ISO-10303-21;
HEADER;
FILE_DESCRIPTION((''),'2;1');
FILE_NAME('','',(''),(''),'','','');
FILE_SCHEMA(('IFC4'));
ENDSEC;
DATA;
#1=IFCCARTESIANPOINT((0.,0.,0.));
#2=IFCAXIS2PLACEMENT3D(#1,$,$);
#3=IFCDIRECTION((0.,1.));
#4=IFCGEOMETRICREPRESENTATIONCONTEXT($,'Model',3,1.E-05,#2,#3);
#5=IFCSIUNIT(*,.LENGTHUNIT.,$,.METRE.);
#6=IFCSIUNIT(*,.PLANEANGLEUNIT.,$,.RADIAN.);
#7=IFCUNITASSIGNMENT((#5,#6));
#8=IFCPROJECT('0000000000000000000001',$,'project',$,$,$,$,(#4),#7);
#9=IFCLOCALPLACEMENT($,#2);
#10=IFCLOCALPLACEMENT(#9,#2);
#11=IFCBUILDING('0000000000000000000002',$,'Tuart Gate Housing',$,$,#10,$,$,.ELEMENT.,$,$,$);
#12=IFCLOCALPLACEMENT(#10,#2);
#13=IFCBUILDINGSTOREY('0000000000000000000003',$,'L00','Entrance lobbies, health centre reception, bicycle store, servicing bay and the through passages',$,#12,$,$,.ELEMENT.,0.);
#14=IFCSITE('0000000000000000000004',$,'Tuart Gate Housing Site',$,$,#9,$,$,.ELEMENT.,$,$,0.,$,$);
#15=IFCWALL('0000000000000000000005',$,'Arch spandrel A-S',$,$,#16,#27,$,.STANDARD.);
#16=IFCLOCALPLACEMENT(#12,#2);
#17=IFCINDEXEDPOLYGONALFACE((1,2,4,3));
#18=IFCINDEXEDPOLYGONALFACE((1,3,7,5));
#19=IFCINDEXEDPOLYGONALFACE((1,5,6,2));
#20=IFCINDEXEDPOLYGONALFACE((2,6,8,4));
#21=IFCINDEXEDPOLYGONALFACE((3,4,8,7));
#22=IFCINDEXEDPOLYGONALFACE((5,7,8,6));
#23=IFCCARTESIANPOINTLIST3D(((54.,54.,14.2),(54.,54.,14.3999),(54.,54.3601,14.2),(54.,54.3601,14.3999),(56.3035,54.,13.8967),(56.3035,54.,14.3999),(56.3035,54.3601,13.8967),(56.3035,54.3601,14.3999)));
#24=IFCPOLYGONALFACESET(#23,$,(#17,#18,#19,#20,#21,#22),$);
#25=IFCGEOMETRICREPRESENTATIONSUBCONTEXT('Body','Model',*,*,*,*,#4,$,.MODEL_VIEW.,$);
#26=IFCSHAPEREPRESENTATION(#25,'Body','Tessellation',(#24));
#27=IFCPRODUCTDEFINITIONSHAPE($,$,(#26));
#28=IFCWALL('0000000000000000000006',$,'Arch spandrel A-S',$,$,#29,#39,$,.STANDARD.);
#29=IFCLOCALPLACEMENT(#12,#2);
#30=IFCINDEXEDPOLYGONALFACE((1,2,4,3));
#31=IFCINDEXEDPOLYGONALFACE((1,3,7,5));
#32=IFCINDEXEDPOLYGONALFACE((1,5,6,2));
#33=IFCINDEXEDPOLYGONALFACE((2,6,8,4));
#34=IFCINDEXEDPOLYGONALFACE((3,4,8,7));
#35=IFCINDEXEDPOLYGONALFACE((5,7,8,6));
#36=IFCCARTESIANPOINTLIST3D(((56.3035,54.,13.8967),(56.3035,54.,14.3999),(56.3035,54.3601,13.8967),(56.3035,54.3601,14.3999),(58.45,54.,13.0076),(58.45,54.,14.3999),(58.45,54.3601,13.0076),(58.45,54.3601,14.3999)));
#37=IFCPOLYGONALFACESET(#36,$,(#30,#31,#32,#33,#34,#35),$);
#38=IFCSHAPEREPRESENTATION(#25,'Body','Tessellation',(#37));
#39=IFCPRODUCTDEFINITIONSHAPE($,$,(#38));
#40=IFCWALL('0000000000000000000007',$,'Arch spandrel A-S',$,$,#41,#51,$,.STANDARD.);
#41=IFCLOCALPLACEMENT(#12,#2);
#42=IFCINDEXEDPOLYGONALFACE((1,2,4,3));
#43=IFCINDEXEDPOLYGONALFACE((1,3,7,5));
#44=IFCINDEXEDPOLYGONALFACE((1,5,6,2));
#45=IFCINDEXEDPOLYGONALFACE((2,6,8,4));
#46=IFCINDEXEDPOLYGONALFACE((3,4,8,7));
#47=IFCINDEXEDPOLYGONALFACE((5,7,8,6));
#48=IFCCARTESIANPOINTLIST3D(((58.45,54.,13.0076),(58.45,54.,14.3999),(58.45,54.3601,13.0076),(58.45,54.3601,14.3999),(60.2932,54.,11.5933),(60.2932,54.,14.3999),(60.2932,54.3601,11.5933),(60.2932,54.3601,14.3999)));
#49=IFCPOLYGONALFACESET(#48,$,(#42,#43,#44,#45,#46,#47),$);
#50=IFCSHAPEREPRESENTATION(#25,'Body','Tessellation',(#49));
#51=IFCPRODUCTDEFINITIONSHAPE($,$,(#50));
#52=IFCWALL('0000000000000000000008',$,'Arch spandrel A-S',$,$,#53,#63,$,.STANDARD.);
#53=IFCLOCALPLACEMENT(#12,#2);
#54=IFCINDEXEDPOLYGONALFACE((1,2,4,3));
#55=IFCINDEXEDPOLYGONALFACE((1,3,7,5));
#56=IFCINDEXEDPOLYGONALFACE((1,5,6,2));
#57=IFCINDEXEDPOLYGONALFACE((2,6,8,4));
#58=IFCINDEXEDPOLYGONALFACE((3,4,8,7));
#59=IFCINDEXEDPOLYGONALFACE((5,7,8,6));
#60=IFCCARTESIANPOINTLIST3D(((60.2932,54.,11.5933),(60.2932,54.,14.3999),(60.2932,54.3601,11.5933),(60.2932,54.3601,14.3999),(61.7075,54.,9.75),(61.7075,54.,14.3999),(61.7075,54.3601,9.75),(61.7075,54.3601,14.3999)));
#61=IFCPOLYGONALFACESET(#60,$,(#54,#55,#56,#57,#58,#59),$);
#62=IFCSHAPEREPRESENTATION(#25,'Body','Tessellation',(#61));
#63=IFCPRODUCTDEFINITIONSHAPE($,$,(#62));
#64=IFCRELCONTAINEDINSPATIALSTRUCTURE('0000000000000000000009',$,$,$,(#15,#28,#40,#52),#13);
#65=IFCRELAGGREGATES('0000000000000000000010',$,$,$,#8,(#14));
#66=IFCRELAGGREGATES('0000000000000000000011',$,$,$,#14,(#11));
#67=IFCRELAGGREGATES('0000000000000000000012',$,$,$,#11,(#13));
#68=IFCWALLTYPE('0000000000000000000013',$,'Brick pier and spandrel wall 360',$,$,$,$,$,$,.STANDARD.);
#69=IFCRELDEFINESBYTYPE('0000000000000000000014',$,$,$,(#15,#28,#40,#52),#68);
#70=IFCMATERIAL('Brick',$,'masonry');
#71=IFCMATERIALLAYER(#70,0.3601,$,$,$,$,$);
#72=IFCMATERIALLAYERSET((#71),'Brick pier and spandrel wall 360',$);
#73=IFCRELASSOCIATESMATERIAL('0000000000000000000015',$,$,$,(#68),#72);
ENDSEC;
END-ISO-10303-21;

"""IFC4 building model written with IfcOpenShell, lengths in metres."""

from ifc_helpers import new_model, si_unit, direction, frame, origin, place, context, subcontext, project, spatial, polyline, outline, extrude, material, layer, layer_set, type_object, element, save


model = new_model("IFC4")

# Units and contexts
model_context = context("Model", 3, precision=1e-05, world=origin(), true_north=direction((0.0, 1.0)))
body_context = subcontext(model_context, "Body", "Model", "MODEL_VIEW")
ifc_project = project(units=[si_unit("LENGTHUNIT", "METRE"), si_unit("PLANEANGLEUNIT", "RADIAN")], contexts=[model_context])

# Site, building, storey
site_placement = place(None, origin())
site = spatial("IfcSite", under=ifc_project, at=site_placement, Name="Tuart Gate Housing Site", CompositionType="ELEMENT", RefElevation=0.0)
building_placement = place(site_placement, origin())
building = spatial("IfcBuilding", under=site, at=building_placement, Name="Tuart Gate Housing", CompositionType="ELEMENT")
storey_placement = place(building_placement, origin())
storey = spatial("IfcBuildingStorey", under=building, at=storey_placement, Name="L00", Description="Entrance lobbies, health centre reception, bicycle store, servicing bay and the through passages", CompositionType="ELEMENT", Elevation=0.0)

# Walls
ifc_material_1 = material(Name="Brick", Category="masonry")
ifc_layer = layer(ifc_material_1, 0.3601)
ifc_layer_set = layer_set([ifc_layer], Name="Brick pier and spandrel wall 360")
wall_type = type_object("IfcWallType", Name="Brick pier and spandrel wall 360", PredefinedType="STANDARD", material=ifc_layer_set)
wall_1_placement = place(storey_placement, frame((54.0, 54.1799, 13.8967), z_axis=(0.0, 0.0, 1.0), x_axis=(1.0, 0.0, 0.0)))
element("IfcWall", 1, at=wall_1_placement, inside=storey, type_object=wall_type, Name="Arch spandrel A-S", PredefinedType="STANDARD", context=body_context, shape_type="SweptSolid", body=[
    extrude(outline(polyline([(0.0, 0.3032), (2.3035, 0.0), (2.3035, 0.5032), (0.0, 0.5032), (0.0, 0.3032)])), frame((0.0, 0.1802, 0.0), z_axis=(0.0, -1.0, 0.0), x_axis=(1.0, 0.0, 0.0)), (0.0, 0.0, 1.0), 0.3601),
])
wall_2_placement = place(storey_placement, frame((56.3035, 54.1799, 13.0076), z_axis=(0.0, 0.0, 1.0), x_axis=(1.0, 0.0, 0.0)))
element("IfcWall", 2, at=wall_2_placement, inside=storey, type_object=wall_type, Name="Arch spandrel A-S", PredefinedType="STANDARD", context=body_context, shape_type="SweptSolid", body=[
    extrude(outline(polyline([(0.0, 0.8892), (2.1465, 0.0), (2.1465, 1.3923), (0.0, 1.3923), (0.0, 0.8892)])), frame((0.0, 0.1802, 0.0), z_axis=(0.0, -1.0, 0.0), x_axis=(1.0, 0.0, 0.0)), (0.0, 0.0, 1.0), 0.3601),
])
wall_3_placement = place(storey_placement, frame((58.45, 54.1799, 11.5933), z_axis=(0.0, 0.0, 1.0), x_axis=(1.0, 0.0, 0.0)))
element("IfcWall", 3, at=wall_3_placement, inside=storey, type_object=wall_type, Name="Arch spandrel A-S", PredefinedType="STANDARD", context=body_context, shape_type="SweptSolid", body=[
    extrude(outline(polyline([(0.0, 1.4143), (1.8433, 0.0), (1.8433, 2.8066), (0.0, 2.8066), (0.0, 1.4143)])), frame((0.0, 0.1802, 0.0), z_axis=(0.0, -1.0, 0.0), x_axis=(1.0, 0.0, 0.0)), (0.0, 0.0, 1.0), 0.3601),
])
wall_4_placement = place(storey_placement, frame((60.2932, 54.1799, 9.75), z_axis=(0.0, 0.0, 1.0), x_axis=(1.0, 0.0, 0.0)))
element("IfcWall", 4, at=wall_4_placement, inside=storey, type_object=wall_type, Name="Arch spandrel A-S", PredefinedType="STANDARD", context=body_context, shape_type="SweptSolid", body=[
    extrude(outline(polyline([(0.0, 1.8433), (1.4143, 0.0), (1.4143, 4.6499), (0.0, 4.6499), (0.0, 1.8433)])), frame((0.0, 0.1802, 0.0), z_axis=(0.0, -1.0, 0.0), x_axis=(1.0, 0.0, 0.0)), (0.0, 0.0, 1.0), 0.3601),
])

save(model, "model.ifc")
